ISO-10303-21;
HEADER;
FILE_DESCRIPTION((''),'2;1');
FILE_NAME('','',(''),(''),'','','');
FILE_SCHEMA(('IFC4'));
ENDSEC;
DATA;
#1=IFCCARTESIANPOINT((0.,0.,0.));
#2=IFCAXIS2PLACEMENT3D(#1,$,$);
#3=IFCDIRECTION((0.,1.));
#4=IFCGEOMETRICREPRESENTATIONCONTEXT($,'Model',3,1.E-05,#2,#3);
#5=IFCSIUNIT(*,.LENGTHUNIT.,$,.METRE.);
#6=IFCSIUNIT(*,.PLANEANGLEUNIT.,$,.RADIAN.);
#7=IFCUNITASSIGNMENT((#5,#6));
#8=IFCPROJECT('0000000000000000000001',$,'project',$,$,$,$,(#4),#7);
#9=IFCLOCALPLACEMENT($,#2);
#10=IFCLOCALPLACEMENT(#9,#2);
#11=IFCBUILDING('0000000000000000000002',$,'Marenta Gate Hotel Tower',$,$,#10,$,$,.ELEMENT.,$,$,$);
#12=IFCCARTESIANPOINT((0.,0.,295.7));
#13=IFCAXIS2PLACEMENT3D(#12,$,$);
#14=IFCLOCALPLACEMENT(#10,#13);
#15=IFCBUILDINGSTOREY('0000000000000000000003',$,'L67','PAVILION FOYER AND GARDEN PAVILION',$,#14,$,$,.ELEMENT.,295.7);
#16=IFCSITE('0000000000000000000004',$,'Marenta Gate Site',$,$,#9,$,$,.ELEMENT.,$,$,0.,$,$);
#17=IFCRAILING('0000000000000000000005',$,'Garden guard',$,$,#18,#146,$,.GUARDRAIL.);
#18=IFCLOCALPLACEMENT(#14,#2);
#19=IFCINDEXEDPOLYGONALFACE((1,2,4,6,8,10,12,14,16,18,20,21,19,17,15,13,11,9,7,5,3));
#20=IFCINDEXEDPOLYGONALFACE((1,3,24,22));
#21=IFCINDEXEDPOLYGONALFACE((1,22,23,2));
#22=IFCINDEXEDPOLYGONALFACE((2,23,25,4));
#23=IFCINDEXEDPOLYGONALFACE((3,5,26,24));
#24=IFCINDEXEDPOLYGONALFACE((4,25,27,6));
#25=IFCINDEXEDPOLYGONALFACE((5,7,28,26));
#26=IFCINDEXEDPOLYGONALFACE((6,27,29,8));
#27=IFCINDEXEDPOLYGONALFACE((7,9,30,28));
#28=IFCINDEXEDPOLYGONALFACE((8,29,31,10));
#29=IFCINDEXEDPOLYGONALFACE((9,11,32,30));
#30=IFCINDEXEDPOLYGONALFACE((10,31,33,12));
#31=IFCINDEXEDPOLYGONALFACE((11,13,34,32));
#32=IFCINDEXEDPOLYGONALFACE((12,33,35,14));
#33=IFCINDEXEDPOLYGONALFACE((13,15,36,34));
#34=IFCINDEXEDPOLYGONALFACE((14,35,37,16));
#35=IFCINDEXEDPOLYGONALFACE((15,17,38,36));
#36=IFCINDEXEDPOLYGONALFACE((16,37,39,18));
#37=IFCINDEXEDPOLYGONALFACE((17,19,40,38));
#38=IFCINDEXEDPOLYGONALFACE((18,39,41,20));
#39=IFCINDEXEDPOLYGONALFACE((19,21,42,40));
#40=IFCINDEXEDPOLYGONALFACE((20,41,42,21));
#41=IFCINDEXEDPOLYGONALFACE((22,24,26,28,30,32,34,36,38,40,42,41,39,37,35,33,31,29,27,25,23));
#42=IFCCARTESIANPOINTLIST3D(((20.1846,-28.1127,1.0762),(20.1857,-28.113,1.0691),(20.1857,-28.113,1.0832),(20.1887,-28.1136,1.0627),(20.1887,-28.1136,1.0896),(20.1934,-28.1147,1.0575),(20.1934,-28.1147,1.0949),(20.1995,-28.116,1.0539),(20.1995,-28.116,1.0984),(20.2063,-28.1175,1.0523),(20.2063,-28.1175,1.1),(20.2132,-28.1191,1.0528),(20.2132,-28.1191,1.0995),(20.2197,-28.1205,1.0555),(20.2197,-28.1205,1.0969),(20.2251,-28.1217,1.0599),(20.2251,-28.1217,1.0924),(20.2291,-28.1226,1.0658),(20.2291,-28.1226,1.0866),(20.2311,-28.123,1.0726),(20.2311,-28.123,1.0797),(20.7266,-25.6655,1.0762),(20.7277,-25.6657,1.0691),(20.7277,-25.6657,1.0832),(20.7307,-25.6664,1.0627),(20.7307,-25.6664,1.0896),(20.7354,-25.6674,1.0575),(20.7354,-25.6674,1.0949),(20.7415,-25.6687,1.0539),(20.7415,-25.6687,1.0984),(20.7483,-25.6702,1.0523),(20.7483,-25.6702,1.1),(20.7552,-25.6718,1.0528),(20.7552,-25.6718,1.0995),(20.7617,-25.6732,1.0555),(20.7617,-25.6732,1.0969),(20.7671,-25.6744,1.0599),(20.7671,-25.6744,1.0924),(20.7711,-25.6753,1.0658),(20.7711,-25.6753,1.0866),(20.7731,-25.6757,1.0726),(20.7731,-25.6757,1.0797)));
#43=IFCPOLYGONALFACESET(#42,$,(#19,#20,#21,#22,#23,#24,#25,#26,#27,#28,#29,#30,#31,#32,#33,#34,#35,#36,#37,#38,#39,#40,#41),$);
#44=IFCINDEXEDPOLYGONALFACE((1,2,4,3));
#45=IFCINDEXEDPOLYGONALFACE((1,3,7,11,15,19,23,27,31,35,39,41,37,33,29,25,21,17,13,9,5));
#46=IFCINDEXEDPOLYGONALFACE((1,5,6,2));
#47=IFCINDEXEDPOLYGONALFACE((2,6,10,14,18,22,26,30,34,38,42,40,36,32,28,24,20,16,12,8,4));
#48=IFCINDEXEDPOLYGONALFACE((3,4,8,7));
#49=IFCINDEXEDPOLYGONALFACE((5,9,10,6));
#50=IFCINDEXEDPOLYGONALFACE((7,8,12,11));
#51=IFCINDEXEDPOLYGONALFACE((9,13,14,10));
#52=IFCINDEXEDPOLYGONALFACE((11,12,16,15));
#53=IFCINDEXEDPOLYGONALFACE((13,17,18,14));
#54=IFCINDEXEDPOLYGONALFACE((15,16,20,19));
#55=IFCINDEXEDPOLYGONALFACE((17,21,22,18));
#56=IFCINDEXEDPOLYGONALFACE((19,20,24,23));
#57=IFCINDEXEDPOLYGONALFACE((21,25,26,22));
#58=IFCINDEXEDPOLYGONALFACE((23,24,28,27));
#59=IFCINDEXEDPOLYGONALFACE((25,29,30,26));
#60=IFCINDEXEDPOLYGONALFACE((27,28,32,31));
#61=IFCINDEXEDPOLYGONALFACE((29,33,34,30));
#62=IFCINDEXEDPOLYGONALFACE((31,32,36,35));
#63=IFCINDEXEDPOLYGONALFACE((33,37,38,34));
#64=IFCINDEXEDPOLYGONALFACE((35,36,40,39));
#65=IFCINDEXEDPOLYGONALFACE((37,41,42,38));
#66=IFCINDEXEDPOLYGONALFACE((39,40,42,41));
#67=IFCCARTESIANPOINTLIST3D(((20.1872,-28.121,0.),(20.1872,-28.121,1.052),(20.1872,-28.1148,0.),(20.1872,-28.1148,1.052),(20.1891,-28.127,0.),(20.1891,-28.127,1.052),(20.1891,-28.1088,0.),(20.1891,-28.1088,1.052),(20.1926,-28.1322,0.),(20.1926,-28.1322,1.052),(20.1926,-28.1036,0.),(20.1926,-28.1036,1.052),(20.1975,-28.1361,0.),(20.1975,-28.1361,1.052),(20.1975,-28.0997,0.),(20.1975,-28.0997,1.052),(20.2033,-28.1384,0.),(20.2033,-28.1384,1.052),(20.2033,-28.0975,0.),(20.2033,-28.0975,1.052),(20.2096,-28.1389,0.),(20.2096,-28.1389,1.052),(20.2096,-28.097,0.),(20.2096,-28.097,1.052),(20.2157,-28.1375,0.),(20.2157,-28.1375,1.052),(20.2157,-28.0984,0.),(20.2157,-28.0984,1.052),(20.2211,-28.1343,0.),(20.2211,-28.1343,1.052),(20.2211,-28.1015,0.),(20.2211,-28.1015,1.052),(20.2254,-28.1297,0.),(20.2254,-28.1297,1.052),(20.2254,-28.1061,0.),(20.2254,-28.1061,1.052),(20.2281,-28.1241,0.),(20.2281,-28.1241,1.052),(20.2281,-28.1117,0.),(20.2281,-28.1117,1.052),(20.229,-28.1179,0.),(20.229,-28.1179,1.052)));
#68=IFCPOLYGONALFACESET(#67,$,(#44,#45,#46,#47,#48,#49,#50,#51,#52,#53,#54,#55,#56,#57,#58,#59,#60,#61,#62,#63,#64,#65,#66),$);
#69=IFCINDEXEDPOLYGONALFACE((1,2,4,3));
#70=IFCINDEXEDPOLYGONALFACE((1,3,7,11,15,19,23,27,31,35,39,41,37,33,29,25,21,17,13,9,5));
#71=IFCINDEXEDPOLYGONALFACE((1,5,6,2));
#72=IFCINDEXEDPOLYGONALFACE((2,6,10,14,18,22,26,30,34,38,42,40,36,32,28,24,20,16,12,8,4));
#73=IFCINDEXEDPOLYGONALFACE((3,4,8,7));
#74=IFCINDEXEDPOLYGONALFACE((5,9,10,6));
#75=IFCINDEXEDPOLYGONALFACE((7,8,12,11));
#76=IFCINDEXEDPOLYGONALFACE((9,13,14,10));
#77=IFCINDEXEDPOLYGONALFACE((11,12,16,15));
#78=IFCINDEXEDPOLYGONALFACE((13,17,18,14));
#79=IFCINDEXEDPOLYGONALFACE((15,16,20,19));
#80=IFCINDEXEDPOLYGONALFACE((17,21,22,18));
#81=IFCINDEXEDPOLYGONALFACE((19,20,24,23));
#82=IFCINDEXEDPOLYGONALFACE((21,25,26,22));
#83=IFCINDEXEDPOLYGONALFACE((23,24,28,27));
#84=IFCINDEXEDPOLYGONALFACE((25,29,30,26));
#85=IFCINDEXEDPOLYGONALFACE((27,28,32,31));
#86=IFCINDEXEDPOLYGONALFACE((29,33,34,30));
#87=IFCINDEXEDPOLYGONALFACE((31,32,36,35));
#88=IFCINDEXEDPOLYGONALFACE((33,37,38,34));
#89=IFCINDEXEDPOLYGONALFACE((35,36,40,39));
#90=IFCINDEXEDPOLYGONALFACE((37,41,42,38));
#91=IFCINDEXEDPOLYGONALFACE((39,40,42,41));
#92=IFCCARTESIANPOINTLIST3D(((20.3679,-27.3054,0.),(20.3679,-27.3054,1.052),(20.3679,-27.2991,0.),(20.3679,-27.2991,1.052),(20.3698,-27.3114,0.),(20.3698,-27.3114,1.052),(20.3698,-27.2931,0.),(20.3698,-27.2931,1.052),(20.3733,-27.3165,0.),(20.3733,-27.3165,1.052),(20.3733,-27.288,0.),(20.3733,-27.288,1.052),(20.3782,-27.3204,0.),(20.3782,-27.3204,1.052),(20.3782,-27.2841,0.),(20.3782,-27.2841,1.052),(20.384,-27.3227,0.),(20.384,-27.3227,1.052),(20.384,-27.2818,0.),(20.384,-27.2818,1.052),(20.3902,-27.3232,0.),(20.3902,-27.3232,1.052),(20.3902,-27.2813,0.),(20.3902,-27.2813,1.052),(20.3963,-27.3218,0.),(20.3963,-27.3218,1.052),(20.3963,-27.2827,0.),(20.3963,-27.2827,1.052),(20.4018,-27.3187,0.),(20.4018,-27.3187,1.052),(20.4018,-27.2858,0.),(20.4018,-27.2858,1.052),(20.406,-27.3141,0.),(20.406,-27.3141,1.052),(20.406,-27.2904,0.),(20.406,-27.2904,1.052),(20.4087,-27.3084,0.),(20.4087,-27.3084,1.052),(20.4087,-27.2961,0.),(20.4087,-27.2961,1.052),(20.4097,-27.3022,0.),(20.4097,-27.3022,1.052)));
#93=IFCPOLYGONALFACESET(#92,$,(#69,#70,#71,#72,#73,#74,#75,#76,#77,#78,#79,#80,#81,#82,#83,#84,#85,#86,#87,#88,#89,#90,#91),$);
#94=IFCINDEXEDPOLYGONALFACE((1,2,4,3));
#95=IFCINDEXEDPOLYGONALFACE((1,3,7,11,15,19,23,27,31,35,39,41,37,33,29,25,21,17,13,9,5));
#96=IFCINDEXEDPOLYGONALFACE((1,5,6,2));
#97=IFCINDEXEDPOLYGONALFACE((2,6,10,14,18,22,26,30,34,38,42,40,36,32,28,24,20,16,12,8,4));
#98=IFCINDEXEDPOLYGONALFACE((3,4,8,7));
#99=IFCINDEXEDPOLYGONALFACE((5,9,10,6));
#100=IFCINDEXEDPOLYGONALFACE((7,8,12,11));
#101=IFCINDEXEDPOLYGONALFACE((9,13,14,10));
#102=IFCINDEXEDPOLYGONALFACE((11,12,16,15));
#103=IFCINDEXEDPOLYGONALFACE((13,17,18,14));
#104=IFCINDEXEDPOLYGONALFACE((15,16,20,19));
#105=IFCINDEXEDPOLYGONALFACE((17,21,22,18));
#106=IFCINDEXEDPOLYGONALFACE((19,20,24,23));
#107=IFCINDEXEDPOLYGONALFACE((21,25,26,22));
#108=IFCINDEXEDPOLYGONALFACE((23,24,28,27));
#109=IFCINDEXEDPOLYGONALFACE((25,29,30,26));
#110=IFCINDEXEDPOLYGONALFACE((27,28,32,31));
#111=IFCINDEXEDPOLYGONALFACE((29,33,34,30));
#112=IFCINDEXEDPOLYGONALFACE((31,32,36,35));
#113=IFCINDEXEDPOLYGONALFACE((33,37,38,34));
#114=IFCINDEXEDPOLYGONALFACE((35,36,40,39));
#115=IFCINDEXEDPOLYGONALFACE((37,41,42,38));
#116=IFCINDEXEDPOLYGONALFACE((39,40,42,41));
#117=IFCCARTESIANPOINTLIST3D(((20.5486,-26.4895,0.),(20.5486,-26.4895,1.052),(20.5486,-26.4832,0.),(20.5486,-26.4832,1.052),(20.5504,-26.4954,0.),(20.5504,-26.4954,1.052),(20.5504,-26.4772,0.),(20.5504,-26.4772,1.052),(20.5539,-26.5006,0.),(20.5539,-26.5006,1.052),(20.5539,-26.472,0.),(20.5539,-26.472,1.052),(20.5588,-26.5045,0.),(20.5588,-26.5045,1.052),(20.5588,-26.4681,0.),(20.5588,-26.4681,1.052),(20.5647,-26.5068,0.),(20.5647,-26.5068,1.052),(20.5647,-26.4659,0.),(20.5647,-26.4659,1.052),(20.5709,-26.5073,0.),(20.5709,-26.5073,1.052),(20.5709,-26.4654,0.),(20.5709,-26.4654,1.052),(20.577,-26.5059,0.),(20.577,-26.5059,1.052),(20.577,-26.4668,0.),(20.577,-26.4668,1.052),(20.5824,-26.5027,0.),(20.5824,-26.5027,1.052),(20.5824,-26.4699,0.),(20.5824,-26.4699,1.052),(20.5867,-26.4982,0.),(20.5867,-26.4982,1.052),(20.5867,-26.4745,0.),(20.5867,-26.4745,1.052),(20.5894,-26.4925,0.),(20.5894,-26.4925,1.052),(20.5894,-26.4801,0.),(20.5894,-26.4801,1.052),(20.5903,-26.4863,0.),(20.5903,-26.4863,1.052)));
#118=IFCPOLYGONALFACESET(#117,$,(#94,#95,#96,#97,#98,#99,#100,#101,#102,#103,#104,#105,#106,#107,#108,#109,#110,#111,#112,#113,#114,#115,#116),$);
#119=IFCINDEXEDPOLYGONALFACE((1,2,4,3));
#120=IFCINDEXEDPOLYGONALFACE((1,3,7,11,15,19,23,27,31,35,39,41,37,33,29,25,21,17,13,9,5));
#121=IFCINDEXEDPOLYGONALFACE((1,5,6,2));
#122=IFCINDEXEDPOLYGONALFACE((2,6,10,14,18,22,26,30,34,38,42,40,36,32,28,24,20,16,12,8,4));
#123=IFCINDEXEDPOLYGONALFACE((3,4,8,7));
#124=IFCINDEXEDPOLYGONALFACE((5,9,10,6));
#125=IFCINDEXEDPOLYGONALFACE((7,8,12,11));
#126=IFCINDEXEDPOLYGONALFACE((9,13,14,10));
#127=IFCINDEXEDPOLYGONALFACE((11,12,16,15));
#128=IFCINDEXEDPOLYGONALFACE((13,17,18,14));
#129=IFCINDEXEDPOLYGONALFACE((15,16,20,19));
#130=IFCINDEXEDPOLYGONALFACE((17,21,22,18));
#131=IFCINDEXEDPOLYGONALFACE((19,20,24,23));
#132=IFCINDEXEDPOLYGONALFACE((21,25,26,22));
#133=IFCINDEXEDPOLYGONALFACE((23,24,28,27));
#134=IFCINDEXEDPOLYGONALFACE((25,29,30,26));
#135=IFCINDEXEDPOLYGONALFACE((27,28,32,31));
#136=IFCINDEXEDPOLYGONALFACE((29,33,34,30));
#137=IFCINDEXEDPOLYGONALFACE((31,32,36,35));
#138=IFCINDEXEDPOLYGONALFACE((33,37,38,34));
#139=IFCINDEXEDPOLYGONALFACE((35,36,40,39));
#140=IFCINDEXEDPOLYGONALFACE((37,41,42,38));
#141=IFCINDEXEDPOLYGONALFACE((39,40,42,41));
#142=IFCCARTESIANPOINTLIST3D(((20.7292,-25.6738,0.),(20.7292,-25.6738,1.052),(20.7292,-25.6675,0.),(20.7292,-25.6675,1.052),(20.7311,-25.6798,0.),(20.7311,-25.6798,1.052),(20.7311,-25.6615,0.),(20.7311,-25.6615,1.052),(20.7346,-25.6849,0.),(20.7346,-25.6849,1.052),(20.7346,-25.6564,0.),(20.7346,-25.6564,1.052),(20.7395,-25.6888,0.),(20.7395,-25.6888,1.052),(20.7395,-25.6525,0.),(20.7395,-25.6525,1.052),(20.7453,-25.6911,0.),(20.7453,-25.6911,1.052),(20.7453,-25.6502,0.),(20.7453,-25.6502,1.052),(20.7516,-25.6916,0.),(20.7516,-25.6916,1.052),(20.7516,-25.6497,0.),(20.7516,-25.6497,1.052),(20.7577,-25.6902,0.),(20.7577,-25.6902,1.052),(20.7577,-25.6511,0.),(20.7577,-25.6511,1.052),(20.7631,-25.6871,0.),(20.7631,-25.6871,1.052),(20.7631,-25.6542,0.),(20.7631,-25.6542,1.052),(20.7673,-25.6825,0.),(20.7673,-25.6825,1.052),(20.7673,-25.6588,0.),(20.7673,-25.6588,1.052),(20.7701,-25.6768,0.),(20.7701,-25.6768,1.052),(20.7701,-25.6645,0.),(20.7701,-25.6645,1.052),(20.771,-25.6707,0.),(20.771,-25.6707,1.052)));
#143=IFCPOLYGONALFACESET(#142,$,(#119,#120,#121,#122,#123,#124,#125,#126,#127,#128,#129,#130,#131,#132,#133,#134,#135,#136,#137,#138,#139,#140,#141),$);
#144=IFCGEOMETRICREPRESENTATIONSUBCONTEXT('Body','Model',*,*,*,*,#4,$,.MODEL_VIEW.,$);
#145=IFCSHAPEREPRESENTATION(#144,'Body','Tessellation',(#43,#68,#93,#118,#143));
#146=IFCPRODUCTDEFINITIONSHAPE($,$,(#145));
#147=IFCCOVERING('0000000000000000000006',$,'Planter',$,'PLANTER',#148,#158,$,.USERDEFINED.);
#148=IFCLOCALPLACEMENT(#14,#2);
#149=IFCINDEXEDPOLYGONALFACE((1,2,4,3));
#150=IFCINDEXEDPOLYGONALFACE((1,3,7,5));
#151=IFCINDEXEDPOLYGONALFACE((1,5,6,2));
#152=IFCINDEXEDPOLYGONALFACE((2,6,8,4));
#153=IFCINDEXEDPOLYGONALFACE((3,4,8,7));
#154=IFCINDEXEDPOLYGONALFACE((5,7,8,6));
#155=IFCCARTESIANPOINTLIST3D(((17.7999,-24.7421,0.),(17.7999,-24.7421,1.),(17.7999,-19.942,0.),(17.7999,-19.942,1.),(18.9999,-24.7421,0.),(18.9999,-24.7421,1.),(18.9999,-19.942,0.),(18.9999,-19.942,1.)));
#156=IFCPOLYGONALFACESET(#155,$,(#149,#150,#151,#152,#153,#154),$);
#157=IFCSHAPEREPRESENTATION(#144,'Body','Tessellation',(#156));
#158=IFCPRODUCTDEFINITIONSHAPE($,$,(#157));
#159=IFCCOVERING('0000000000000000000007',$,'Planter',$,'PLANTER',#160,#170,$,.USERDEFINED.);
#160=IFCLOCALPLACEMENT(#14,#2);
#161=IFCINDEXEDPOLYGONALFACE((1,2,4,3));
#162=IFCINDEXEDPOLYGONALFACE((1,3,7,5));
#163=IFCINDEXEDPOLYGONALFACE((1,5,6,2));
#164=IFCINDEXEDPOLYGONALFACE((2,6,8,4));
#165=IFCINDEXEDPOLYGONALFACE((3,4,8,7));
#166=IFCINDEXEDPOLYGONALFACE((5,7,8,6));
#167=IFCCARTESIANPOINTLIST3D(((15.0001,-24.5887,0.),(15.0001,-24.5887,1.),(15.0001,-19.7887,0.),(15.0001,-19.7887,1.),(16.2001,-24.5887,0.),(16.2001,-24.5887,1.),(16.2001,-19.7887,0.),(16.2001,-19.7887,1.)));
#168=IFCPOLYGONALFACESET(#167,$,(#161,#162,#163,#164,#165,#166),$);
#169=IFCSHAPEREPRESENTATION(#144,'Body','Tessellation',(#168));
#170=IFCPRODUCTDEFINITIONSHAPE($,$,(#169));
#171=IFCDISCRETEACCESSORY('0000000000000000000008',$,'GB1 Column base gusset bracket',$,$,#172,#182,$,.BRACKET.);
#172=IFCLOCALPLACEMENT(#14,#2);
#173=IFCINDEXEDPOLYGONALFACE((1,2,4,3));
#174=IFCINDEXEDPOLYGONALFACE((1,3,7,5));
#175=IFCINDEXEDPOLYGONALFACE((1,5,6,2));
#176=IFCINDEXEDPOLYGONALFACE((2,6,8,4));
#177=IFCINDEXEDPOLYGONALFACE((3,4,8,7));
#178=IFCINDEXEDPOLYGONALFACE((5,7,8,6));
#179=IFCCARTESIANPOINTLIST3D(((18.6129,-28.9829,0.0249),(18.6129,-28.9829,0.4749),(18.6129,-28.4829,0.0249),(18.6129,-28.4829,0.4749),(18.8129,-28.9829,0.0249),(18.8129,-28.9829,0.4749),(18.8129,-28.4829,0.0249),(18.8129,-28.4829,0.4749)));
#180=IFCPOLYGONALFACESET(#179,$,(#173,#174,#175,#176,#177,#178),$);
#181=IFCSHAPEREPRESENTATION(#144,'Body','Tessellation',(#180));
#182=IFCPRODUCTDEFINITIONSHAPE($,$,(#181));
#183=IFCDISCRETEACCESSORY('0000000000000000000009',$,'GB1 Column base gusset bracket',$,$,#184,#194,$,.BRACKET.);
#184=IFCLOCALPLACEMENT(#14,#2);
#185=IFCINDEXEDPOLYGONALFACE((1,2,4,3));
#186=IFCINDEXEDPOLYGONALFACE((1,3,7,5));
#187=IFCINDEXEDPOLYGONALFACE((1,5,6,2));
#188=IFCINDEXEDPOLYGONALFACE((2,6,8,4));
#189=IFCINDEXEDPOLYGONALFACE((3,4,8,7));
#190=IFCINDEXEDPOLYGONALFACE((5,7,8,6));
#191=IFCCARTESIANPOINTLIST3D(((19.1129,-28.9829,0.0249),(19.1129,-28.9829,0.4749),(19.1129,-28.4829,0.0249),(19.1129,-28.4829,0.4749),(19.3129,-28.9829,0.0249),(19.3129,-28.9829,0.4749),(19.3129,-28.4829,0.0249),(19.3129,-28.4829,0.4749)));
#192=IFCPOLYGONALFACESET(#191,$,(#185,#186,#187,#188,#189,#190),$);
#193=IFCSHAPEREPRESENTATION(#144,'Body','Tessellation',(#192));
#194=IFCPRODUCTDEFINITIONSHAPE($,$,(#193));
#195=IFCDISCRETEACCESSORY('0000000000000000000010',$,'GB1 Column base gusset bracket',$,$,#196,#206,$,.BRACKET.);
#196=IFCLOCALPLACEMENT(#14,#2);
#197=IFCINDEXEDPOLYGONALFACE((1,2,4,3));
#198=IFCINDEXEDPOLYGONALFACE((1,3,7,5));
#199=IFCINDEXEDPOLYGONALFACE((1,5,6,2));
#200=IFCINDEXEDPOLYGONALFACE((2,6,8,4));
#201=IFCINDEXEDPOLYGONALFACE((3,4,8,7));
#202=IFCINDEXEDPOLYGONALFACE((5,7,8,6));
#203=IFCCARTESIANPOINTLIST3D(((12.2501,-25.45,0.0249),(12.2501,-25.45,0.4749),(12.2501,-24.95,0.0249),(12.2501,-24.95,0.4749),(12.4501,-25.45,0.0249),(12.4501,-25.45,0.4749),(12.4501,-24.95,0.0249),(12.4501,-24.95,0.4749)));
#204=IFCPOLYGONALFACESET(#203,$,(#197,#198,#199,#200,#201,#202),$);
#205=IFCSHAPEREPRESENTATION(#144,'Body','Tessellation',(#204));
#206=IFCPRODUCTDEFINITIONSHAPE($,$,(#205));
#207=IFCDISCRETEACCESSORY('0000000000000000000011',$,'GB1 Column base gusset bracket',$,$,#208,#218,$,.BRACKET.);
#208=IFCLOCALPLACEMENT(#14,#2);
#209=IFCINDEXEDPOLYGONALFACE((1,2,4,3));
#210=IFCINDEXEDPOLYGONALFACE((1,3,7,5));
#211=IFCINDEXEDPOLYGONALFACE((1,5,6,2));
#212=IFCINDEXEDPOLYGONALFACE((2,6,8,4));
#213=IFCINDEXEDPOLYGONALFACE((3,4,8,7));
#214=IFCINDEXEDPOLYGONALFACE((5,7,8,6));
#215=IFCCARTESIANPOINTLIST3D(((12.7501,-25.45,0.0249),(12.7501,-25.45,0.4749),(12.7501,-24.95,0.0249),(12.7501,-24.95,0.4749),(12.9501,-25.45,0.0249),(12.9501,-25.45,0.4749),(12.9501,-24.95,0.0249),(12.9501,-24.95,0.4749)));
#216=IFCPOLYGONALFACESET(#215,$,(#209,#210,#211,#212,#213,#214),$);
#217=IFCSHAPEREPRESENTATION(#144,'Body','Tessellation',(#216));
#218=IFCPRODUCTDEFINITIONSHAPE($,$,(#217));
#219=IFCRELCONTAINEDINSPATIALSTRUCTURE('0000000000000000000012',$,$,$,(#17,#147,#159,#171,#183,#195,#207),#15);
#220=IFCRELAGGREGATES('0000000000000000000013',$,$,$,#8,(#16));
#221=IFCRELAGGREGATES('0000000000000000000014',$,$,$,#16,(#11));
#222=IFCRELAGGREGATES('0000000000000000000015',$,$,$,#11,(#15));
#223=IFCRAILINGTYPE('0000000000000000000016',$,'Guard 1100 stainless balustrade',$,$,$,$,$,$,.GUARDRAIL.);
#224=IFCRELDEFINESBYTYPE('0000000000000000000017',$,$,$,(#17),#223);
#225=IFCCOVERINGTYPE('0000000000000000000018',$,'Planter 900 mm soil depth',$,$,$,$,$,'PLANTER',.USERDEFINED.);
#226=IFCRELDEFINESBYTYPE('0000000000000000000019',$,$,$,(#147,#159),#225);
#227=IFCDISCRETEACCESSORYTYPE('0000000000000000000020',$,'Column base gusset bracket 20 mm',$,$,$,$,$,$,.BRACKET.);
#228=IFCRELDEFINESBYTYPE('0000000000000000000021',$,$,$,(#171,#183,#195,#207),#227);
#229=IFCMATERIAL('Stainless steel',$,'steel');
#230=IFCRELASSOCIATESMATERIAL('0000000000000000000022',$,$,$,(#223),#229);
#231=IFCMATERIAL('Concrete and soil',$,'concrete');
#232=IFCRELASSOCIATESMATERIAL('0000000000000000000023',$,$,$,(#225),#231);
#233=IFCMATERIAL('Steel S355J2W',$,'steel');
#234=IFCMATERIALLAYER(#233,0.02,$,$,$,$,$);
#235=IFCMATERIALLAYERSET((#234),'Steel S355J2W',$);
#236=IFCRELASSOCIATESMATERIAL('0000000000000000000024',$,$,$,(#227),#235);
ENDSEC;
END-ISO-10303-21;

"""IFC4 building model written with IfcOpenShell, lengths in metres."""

from ifc_helpers import new_model, si_unit, direction, frame, origin, origin_2d, place, context, subcontext, project, spatial, rectangle, circle, extrude, material, layer, layer_set, type_object, element, save


model = new_model("IFC4")

# Units and contexts
model_context = context("Model", 3, precision=1e-05, world=origin(), true_north=direction((0.0, 1.0)))
body_context = subcontext(model_context, "Body", "Model", "MODEL_VIEW")
ifc_project = project(units=[si_unit("LENGTHUNIT", "METRE"), si_unit("PLANEANGLEUNIT", "RADIAN")], contexts=[model_context])

# Site, building, storey
site_placement = place(None, origin())
site = spatial("IfcSite", under=ifc_project, at=site_placement, Name="Marenta Gate Site", CompositionType="ELEMENT", RefElevation=0.0)
building_placement = place(site_placement, origin())
building = spatial("IfcBuilding", under=site, at=building_placement, Name="Marenta Gate Hotel Tower", CompositionType="ELEMENT")
storey_placement = place(building_placement, frame((0.0, 0.0, 295.7)))
storey = spatial("IfcBuildingStorey", under=building, at=storey_placement, Name="L67", Description="PAVILION FOYER AND GARDEN PAVILION", CompositionType="ELEMENT", Elevation=295.7)

# Railing
ifc_material_1 = material(Name="Stainless steel", Category="steel")
railing_type = type_object("IfcRailingType", Name="Guard 1100 stainless balustrade", PredefinedType="GUARDRAIL", material=ifc_material_1)
railing_1_placement = place(storey_placement, frame((20.208, -28.1179, 0.0)))
element("IfcRailing", 1, at=railing_1_placement, inside=storey, type_object=railing_type, Name="Garden guard", PredefinedType="GUARDRAIL", context=body_context, shape_type="SweptSolid", body=[
    extrude(circle(Radius=0.0239, at=origin_2d()), frame((0.0, 0.0, 1.0762), z_axis=(0.216229, 0.976343, 0.0), x_axis=(-0.976343, 0.216229, 0.0)), (0.0, 0.0, 1.0), 2.5066),
    extrude(circle(Radius=0.021, at=origin_2d()), origin(), (0.0, 0.0, 1.0), 1.052),
    extrude(circle(Radius=0.021, at=origin_2d()), frame((0.1807, 0.8157, 0.0)), (0.0, 0.0, 1.0), 1.052),
    extrude(circle(Radius=0.021, at=origin_2d()), frame((0.3613, 1.6316, 0.0)), (0.0, 0.0, 1.0), 1.052),
    extrude(circle(Radius=0.021, at=origin_2d()), frame((0.542, 2.4473, 0.0)), (0.0, 0.0, 1.0), 1.052),
])

# Coverings
ifc_material_2 = material(Name="Concrete and soil", Category="concrete")
covering_type = type_object("IfcCoveringType", Name="Planter 900 mm soil depth", ElementType="PLANTER", PredefinedType="USERDEFINED", material=ifc_material_2)
for number, where, z_axis, x_axis, name in (
    (2, (18.3999, -22.342, 0.0), (0.0, 0.0, 1.0), (0.0, 1.0, 0.0), "Planter"),
    (3, (15.6001, -22.1887, 0.0), (0.0, 0.0, 1.0), (0.0, 1.0, 0.0), "Planter"),
):
    element("IfcCovering", number, at=place(storey_placement, frame(where, z_axis=z_axis, x_axis=x_axis)), inside=storey, type_object=covering_type, Name=name, ObjectType="PLANTER", PredefinedType="USERDEFINED", context=body_context, shape_type="SweptSolid", body=[
        extrude(rectangle(XDim=4.8, YDim=1.2, at=origin_2d()), origin(), (0.0, 0.0, 1.0), 1.0),
    ])

# Discrete accessories
ifc_material_3 = material(Name="Steel S355J2W", Category="steel")
ifc_layer_1 = layer(ifc_material_3, 0.02)
ifc_layer_set_1 = layer_set([ifc_layer_1], Name="Steel S355J2W")
discrete_accessory_type = type_object("IfcDiscreteAccessoryType", Name="Column base gusset bracket 20 mm", PredefinedType="BRACKET", material=ifc_layer_set_1)
for number, where, z_axis, x_axis, name in (
    (4, (18.7129, -28.7329, 0.0249), (0.0, 0.0, 1.0), (1.0, 0.0, 0.0), "GB1 Column base gusset bracket"),
    (5, (19.2129, -28.7329, 0.0249), (0.0, 0.0, 1.0), (1.0, 0.0, 0.0), "GB1 Column base gusset bracket"),
    (6, (12.3501, -25.2, 0.0249), (0.0, 0.0, 1.0), (1.0, 0.0, 0.0), "GB1 Column base gusset bracket"),
    (7, (12.8501, -25.2, 0.0249), (0.0, 0.0, 1.0), (1.0, 0.0, 0.0), "GB1 Column base gusset bracket"),
):
    element("IfcDiscreteAccessory", number, at=place(storey_placement, frame(where, z_axis=z_axis, x_axis=x_axis)), inside=storey, type_object=discrete_accessory_type, Name=name, PredefinedType="BRACKET", context=body_context, shape_type="SweptSolid", body=[
        extrude(rectangle(XDim=0.2, YDim=0.5, at=origin_2d()), origin(), (0.0, 0.0, 1.0), 0.45),
    ])

save(model, "model.ifc")
